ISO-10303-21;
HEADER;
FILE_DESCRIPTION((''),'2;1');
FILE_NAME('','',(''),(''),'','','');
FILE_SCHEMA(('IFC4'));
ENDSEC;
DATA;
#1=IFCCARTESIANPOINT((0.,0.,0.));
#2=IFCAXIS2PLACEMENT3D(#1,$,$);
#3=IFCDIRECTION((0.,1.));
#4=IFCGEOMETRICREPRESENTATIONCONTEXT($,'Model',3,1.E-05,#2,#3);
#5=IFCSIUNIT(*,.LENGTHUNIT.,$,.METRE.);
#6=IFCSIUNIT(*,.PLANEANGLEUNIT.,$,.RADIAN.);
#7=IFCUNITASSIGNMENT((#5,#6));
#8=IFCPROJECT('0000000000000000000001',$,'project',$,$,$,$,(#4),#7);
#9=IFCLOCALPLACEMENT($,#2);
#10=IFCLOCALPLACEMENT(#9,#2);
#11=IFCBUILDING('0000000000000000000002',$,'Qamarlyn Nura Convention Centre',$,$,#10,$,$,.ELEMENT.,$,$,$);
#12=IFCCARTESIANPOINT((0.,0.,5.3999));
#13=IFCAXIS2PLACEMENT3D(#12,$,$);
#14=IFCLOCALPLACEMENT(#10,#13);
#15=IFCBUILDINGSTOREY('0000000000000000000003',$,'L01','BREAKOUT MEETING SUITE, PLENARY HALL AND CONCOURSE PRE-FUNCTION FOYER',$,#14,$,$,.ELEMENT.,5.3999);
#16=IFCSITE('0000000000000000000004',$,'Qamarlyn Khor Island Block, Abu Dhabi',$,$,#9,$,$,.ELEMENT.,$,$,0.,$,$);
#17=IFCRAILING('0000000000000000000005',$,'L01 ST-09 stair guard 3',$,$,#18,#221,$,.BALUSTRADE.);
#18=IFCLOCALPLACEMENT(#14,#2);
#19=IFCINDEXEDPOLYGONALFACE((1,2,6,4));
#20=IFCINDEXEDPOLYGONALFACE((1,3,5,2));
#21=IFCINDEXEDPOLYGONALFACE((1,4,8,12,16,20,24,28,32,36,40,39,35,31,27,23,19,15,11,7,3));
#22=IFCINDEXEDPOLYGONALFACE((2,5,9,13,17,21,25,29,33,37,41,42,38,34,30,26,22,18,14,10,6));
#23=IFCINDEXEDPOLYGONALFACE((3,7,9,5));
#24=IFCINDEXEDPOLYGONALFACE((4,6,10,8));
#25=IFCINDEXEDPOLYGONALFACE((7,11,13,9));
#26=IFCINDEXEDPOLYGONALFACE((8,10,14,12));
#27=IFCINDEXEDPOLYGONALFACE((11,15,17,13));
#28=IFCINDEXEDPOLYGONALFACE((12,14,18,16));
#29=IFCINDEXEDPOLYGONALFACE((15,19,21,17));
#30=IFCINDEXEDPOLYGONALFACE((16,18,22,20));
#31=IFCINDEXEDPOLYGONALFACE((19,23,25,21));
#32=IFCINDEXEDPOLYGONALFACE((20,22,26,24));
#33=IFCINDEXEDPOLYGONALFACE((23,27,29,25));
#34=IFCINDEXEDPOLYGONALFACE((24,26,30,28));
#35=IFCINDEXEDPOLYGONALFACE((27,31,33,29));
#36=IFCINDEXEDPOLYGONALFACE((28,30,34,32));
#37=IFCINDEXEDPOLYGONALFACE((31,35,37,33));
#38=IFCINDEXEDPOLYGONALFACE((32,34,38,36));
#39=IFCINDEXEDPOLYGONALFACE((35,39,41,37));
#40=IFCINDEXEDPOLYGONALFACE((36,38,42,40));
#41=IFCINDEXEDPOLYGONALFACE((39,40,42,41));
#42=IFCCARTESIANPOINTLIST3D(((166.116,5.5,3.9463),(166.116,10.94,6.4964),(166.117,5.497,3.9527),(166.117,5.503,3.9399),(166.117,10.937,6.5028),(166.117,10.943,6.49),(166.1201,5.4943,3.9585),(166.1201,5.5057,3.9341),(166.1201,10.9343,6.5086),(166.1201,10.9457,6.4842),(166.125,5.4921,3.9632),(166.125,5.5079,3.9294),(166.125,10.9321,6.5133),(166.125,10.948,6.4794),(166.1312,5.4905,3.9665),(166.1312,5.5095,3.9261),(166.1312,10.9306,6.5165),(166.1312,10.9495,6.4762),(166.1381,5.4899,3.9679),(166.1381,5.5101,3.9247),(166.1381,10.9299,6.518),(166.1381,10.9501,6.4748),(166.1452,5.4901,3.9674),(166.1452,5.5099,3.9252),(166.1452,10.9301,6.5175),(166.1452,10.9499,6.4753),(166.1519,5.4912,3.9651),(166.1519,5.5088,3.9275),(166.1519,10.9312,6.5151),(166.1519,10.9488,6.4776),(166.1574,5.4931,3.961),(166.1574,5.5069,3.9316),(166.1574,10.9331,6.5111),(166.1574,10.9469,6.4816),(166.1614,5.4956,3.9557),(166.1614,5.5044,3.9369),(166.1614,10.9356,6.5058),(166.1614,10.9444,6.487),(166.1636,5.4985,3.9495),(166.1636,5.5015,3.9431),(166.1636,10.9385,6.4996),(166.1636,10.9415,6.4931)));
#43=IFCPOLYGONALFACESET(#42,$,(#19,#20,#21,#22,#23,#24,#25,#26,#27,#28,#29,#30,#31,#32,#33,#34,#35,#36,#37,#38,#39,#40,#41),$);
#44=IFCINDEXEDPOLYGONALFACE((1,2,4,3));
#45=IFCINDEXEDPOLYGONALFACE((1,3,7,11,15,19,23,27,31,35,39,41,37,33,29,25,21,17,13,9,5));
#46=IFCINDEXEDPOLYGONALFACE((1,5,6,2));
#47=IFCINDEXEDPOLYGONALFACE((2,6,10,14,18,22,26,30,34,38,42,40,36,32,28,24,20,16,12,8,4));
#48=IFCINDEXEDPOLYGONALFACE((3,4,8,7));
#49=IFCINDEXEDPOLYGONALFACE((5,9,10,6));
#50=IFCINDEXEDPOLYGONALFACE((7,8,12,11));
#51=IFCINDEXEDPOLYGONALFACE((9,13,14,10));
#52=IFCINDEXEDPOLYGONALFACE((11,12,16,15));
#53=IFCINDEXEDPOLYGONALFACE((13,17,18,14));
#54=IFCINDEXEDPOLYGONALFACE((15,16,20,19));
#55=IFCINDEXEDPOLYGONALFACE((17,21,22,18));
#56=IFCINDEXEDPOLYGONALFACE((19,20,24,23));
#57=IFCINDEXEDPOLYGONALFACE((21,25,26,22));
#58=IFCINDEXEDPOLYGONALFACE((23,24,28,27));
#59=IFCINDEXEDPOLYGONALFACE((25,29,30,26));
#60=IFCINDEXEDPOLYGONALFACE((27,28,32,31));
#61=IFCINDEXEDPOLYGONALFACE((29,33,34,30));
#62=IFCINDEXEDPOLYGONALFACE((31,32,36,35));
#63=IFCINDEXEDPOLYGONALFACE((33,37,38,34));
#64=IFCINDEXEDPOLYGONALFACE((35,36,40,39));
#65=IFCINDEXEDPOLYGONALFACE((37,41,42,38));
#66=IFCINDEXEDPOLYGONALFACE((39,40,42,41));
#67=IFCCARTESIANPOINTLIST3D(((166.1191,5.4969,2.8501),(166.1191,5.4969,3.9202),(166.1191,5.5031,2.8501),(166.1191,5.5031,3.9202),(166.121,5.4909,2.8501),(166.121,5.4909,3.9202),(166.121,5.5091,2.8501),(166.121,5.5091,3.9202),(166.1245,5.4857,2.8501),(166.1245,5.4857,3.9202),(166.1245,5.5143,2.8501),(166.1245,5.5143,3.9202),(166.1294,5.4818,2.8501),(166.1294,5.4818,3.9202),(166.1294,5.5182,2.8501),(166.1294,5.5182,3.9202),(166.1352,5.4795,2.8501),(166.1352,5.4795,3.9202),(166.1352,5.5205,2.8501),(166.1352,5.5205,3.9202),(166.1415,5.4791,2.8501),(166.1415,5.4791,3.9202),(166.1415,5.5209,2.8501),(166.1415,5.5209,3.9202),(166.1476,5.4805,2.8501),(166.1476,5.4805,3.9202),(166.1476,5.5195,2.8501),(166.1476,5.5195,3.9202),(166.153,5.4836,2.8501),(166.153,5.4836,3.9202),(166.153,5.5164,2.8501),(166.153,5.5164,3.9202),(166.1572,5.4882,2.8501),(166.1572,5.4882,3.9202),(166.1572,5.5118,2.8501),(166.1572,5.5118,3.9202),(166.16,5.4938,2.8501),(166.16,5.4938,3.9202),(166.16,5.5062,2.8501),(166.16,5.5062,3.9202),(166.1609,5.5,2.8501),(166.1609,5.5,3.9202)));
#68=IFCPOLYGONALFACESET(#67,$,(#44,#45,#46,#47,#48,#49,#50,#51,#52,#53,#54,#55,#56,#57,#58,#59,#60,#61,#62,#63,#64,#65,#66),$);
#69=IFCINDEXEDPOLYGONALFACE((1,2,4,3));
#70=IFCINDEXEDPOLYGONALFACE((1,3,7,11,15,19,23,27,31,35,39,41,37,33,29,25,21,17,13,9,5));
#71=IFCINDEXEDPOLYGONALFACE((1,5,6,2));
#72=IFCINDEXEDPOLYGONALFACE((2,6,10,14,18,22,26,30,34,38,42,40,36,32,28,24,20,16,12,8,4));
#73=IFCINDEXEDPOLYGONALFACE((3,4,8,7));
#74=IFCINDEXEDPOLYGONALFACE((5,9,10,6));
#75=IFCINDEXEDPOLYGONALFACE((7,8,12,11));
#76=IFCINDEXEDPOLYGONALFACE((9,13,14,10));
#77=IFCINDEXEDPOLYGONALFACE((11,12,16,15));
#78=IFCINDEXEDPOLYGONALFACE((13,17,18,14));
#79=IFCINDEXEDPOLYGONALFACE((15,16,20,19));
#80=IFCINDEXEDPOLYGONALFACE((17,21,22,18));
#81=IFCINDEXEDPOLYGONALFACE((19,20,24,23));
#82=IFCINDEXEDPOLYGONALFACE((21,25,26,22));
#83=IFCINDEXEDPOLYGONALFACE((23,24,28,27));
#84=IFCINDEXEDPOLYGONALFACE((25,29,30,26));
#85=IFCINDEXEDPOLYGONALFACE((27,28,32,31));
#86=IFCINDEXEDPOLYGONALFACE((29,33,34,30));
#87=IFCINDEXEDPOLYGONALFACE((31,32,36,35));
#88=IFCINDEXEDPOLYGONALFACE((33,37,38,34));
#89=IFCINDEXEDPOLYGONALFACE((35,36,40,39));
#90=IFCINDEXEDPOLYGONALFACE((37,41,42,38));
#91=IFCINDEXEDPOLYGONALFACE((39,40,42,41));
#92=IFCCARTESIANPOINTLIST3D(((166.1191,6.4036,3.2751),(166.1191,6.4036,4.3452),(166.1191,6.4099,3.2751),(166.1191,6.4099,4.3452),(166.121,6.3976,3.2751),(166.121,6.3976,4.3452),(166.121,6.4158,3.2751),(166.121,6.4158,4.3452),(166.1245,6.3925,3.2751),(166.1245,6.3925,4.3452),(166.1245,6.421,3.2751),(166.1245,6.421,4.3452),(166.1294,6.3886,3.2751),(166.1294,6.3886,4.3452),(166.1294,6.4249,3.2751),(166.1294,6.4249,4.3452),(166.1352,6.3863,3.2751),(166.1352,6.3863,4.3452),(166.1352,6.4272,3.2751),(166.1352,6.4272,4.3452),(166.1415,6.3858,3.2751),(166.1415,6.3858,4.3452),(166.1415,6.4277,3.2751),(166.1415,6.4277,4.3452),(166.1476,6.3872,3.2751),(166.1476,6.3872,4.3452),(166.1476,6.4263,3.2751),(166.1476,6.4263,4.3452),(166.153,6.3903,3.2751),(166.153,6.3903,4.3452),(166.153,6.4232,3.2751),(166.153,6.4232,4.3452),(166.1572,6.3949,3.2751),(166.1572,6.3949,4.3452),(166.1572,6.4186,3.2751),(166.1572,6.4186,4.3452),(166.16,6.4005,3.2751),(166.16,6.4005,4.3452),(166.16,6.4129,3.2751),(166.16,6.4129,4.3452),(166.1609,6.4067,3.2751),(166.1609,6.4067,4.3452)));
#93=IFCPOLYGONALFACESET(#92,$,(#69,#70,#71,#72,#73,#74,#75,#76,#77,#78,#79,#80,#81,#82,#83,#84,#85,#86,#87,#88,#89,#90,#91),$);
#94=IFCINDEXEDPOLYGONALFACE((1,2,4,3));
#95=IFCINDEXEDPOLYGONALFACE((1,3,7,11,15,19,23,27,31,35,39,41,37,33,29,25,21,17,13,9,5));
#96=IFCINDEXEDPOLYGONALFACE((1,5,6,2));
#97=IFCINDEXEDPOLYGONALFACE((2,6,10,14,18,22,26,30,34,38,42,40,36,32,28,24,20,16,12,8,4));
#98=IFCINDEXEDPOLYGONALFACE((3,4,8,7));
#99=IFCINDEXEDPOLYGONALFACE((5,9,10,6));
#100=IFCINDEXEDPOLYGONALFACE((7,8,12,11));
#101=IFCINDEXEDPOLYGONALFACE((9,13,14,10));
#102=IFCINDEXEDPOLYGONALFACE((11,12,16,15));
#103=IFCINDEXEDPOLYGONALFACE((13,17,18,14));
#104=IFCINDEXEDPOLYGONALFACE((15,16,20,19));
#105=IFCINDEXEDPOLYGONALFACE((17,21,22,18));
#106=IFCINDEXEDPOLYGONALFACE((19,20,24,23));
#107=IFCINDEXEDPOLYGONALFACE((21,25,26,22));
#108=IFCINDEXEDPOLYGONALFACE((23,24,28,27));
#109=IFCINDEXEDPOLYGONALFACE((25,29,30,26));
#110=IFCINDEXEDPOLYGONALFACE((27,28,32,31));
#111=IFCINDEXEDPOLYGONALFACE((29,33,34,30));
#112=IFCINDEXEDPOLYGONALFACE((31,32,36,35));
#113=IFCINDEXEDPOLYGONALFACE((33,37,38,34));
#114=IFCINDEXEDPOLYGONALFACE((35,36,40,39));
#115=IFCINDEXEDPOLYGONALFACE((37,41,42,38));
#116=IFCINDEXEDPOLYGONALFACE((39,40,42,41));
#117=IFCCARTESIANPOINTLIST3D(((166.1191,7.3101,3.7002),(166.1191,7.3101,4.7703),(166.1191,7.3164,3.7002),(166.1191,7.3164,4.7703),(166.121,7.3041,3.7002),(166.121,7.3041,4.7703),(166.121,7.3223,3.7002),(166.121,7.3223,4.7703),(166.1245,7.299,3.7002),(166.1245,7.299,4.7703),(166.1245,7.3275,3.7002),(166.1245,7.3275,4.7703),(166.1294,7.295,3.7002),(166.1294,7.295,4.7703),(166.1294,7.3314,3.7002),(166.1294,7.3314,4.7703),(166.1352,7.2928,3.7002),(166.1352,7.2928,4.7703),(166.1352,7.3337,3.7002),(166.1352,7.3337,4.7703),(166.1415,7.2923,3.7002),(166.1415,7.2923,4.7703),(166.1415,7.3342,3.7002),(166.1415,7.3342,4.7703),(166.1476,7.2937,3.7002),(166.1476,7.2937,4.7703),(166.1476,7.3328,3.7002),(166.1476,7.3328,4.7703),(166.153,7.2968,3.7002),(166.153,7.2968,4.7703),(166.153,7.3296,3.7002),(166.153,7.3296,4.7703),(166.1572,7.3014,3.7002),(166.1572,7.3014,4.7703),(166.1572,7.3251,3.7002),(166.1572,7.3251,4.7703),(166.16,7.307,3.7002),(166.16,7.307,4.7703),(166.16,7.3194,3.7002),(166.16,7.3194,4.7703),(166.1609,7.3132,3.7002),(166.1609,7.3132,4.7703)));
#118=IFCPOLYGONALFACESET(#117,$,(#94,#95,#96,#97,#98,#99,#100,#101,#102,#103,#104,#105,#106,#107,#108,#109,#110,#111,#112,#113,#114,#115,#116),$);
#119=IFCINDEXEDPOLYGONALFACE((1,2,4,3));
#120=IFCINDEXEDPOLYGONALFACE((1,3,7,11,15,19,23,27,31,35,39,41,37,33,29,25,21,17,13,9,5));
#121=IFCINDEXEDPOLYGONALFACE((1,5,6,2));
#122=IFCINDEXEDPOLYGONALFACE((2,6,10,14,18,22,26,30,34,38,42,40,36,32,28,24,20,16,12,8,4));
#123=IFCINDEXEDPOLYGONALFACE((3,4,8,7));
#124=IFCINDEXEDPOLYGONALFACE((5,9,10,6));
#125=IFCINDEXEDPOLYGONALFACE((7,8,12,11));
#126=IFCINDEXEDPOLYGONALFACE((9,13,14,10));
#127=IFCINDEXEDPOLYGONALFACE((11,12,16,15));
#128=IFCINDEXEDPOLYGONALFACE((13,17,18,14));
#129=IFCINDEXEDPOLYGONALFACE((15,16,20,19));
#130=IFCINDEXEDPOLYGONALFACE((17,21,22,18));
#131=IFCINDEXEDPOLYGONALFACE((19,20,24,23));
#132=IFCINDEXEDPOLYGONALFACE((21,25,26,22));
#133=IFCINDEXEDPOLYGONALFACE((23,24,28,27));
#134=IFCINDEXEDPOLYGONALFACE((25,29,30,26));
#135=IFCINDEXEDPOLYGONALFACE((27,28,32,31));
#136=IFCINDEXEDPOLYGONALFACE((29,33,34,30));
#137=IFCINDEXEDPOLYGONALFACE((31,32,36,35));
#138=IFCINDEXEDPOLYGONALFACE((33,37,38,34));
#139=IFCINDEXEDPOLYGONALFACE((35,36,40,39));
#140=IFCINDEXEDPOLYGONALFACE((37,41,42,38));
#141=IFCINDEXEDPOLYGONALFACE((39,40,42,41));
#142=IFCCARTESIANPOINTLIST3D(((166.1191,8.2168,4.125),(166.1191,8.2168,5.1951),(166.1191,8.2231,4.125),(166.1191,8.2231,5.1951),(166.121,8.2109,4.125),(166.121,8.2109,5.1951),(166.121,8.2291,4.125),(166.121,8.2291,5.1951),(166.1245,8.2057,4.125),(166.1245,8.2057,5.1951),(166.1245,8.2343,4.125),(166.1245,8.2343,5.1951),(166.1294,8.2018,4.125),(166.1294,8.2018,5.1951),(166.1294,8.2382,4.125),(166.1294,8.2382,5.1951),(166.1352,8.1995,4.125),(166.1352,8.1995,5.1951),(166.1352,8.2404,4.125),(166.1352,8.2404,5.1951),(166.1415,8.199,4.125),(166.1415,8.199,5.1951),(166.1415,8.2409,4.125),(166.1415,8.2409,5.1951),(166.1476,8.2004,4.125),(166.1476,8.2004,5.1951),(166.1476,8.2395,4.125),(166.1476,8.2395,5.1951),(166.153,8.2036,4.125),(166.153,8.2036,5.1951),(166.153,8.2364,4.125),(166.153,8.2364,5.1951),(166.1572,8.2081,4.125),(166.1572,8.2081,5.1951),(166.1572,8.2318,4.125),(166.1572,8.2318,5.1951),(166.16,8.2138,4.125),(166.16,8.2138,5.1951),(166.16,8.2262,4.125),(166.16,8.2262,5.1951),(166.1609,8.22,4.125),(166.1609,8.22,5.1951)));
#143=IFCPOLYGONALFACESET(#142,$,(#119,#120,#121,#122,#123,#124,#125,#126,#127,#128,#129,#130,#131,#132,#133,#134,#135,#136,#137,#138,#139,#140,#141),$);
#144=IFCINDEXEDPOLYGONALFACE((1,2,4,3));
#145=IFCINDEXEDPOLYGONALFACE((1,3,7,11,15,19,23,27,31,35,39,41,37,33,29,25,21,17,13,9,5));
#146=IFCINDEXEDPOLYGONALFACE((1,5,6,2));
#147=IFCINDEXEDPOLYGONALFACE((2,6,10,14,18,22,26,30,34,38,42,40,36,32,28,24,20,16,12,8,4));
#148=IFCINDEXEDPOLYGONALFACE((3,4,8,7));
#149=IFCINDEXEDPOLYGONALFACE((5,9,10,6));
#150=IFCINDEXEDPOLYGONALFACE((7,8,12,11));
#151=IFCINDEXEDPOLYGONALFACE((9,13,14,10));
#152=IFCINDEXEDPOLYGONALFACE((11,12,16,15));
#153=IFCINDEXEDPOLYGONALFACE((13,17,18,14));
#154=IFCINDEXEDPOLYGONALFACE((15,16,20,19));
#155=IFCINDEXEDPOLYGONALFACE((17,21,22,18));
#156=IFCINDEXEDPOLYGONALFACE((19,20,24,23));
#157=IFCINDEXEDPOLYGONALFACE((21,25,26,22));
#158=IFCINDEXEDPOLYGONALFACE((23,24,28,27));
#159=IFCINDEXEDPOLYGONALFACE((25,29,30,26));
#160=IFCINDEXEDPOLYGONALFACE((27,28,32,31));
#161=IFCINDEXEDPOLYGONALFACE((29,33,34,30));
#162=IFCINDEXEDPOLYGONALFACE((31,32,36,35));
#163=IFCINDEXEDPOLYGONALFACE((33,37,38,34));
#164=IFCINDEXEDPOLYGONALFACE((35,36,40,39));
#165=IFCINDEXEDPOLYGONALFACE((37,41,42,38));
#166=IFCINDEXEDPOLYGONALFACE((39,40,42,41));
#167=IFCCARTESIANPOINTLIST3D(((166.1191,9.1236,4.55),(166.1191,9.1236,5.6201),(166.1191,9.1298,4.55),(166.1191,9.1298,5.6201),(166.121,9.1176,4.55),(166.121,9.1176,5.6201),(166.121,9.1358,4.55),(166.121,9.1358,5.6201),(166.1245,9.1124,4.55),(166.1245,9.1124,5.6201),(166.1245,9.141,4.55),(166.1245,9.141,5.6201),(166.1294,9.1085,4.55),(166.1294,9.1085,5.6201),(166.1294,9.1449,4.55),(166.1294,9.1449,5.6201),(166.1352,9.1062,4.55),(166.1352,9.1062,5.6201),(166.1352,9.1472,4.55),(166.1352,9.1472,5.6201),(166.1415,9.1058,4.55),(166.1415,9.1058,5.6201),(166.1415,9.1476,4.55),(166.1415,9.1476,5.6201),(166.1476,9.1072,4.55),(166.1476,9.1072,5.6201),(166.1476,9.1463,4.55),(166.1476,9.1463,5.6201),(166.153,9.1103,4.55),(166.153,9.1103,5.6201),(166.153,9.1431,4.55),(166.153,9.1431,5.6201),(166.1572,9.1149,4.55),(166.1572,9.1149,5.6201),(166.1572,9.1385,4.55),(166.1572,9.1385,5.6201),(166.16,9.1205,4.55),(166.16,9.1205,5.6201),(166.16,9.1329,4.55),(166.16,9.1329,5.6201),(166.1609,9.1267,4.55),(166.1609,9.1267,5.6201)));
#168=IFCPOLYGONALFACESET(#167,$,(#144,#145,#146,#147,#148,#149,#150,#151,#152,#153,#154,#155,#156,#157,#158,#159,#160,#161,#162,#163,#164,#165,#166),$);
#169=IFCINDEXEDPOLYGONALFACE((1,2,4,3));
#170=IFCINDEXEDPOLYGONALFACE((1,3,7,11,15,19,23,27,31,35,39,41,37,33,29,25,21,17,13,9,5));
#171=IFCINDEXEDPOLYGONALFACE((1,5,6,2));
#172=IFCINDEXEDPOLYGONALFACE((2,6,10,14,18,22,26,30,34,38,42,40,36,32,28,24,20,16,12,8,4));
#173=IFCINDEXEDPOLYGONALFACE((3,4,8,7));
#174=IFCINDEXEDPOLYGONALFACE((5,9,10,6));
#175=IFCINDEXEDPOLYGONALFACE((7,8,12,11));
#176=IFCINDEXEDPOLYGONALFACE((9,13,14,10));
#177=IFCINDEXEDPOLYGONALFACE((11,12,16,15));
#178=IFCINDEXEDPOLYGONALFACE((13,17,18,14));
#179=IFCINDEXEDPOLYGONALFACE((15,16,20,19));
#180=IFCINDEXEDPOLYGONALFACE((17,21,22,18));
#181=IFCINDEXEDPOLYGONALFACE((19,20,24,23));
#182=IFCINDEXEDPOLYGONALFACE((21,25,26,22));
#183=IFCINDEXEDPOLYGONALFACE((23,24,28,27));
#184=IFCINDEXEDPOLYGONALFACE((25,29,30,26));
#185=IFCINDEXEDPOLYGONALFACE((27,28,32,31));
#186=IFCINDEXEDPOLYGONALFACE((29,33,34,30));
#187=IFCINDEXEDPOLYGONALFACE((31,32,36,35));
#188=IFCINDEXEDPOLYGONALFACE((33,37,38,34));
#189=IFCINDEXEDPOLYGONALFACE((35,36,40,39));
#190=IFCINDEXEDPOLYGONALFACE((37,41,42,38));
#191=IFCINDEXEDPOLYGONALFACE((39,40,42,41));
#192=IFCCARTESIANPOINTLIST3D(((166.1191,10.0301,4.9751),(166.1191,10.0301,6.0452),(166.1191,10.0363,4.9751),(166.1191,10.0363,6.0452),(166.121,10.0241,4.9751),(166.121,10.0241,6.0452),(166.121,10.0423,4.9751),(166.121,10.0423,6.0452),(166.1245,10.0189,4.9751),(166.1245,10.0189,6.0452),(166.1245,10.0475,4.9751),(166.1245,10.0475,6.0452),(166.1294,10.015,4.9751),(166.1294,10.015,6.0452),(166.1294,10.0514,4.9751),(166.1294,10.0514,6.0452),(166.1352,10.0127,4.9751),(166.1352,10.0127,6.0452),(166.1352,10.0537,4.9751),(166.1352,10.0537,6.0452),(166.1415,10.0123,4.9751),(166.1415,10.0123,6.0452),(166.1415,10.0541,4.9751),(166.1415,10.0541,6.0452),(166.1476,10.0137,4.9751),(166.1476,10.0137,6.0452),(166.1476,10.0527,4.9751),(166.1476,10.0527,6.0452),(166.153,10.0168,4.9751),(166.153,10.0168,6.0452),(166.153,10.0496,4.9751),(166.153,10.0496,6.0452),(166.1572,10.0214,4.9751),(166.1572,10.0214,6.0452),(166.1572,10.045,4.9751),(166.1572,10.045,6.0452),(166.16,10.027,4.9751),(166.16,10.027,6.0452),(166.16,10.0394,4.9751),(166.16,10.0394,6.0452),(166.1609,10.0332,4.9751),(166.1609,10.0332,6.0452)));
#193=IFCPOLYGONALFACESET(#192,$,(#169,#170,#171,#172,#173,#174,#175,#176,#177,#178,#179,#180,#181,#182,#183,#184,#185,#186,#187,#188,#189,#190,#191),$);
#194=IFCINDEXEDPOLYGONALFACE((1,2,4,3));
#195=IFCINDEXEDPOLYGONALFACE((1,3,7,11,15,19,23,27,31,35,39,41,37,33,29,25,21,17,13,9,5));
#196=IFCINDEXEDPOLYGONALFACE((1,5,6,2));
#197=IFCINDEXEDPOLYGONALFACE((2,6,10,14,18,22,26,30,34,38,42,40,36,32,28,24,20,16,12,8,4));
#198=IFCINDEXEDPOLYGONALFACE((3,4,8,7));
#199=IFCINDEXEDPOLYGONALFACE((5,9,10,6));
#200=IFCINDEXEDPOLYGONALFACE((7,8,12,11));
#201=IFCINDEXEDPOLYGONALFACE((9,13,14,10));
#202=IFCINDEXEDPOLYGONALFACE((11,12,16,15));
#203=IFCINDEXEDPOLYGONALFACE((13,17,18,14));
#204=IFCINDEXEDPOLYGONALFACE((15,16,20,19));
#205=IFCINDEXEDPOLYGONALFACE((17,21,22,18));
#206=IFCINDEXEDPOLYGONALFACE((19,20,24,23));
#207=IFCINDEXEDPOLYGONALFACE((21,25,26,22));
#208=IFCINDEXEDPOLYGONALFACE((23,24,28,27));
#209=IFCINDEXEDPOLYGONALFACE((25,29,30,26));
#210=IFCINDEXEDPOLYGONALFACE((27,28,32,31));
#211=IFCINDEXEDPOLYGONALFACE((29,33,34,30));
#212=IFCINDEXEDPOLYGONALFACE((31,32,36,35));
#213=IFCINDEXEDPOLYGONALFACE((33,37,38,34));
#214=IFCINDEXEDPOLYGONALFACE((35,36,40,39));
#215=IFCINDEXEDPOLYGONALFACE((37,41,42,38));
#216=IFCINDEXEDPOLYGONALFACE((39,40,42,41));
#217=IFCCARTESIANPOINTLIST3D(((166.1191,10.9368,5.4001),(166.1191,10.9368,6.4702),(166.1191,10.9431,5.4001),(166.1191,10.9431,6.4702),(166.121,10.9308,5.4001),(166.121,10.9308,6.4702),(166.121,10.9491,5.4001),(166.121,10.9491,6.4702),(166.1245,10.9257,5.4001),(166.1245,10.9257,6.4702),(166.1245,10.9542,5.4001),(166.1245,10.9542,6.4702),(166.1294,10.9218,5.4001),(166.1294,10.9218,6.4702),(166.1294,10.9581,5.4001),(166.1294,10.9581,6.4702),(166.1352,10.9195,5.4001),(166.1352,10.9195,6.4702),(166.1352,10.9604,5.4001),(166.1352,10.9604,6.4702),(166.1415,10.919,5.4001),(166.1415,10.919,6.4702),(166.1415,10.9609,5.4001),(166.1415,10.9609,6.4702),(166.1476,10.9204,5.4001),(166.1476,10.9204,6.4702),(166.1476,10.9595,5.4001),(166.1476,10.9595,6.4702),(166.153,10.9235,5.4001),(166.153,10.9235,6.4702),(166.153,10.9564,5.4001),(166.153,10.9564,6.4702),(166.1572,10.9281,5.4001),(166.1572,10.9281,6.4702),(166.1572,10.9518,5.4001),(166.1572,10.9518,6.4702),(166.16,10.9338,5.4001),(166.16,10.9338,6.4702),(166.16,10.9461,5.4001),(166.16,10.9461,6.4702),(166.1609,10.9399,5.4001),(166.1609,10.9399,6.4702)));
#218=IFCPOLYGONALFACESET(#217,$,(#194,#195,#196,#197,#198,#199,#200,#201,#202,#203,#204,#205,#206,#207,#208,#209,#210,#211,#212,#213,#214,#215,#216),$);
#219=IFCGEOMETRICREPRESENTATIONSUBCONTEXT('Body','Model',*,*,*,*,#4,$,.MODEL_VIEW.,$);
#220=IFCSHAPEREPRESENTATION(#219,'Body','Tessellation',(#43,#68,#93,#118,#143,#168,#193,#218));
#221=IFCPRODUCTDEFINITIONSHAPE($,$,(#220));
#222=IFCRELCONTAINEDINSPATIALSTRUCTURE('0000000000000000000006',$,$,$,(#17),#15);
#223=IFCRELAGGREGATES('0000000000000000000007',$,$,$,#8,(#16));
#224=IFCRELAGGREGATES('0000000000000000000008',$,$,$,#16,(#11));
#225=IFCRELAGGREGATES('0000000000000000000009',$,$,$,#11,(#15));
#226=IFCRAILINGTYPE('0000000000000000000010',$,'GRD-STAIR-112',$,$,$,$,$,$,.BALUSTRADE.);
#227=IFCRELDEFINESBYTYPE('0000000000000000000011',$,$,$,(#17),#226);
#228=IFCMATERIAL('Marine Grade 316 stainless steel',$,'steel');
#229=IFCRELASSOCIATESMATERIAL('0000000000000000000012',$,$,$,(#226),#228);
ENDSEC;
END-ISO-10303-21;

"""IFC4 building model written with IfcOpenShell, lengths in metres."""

from ifc_helpers import new_model, si_unit, direction, frame, origin, origin_2d, place, context, subcontext, project, spatial, circle, extrude, material, type_object, element, save


model = new_model("IFC4")

# Units and contexts
model_context = context("Model", 3, precision=1e-05, world=origin(), true_north=direction((0.0, 1.0)))
body_context = subcontext(model_context, "Body", "Model", "MODEL_VIEW")
ifc_project = project(units=[si_unit("LENGTHUNIT", "METRE"), si_unit("PLANEANGLEUNIT", "RADIAN")], contexts=[model_context])

# Site, building, storey
site_placement = place(None, origin())
site = spatial("IfcSite", under=ifc_project, at=site_placement, Name="Qamarlyn Khor Island Block, Abu Dhabi", CompositionType="ELEMENT", RefElevation=0.0)
building_placement = place(site_placement, origin())
building = spatial("IfcBuilding", under=site, at=building_placement, Name="Qamarlyn Nura Convention Centre", CompositionType="ELEMENT")
storey_placement = place(building_placement, frame((0.0, 0.0, 5.3999)))
storey = spatial("IfcBuildingStorey", under=building, at=storey_placement, Name="L01", Description="BREAKOUT MEETING SUITE, PLENARY HALL AND CONCOURSE PRE-FUNCTION FOYER", CompositionType="ELEMENT", Elevation=5.3999)

# Shared definitions
ifc_material_1 = material(Name="Marine Grade 316 stainless steel", Category="steel")

# Railing
railing_type_1 = type_object("IfcRailingType", Name="GRD-STAIR-112", PredefinedType="BALUSTRADE", material=ifc_material_1)
railing_1_placement = place(storey_placement, frame((166.1399, 5.5, 2.8501)))
element("IfcRailing", 1, at=railing_1_placement, inside=storey, type_object=railing_type_1, Name="L01 ST-09 stair guard 3", PredefinedType="BALUSTRADE", context=body_context, shape_type="SweptSolid", body=[
    extrude(circle(Radius=0.0239, at=origin_2d()), frame((0.0, 0.0, 1.0962), z_axis=(0.0, 0.905454, 0.424444), x_axis=(-1.0, 0.0, 0.0)), (0.0, 0.0, 1.0), 6.0081),
    extrude(circle(Radius=0.021, at=origin_2d()), origin(), (0.0, 0.0, 1.0), 1.0701),
    extrude(circle(Radius=0.021, at=origin_2d()), frame((0.0, 0.9067, 0.425)), (0.0, 0.0, 1.0), 1.0701),
    extrude(circle(Radius=0.021, at=origin_2d()), frame((0.0, 1.8132, 0.8501)), (0.0, 0.0, 1.0), 1.0701),
    extrude(circle(Radius=0.021, at=origin_2d()), frame((0.0, 2.72, 1.2749)), (0.0, 0.0, 1.0), 1.0701),
    extrude(circle(Radius=0.021, at=origin_2d()), frame((0.0, 3.6267, 1.7)), (0.0, 0.0, 1.0), 1.0701),
    extrude(circle(Radius=0.021, at=origin_2d()), frame((0.0, 4.5332, 2.125)), (0.0, 0.0, 1.0), 1.0701),
    extrude(circle(Radius=0.021, at=origin_2d()), frame((0.0, 5.4399, 2.55)), (0.0, 0.0, 1.0), 1.0701),
])

save(model, "model.ifc")
